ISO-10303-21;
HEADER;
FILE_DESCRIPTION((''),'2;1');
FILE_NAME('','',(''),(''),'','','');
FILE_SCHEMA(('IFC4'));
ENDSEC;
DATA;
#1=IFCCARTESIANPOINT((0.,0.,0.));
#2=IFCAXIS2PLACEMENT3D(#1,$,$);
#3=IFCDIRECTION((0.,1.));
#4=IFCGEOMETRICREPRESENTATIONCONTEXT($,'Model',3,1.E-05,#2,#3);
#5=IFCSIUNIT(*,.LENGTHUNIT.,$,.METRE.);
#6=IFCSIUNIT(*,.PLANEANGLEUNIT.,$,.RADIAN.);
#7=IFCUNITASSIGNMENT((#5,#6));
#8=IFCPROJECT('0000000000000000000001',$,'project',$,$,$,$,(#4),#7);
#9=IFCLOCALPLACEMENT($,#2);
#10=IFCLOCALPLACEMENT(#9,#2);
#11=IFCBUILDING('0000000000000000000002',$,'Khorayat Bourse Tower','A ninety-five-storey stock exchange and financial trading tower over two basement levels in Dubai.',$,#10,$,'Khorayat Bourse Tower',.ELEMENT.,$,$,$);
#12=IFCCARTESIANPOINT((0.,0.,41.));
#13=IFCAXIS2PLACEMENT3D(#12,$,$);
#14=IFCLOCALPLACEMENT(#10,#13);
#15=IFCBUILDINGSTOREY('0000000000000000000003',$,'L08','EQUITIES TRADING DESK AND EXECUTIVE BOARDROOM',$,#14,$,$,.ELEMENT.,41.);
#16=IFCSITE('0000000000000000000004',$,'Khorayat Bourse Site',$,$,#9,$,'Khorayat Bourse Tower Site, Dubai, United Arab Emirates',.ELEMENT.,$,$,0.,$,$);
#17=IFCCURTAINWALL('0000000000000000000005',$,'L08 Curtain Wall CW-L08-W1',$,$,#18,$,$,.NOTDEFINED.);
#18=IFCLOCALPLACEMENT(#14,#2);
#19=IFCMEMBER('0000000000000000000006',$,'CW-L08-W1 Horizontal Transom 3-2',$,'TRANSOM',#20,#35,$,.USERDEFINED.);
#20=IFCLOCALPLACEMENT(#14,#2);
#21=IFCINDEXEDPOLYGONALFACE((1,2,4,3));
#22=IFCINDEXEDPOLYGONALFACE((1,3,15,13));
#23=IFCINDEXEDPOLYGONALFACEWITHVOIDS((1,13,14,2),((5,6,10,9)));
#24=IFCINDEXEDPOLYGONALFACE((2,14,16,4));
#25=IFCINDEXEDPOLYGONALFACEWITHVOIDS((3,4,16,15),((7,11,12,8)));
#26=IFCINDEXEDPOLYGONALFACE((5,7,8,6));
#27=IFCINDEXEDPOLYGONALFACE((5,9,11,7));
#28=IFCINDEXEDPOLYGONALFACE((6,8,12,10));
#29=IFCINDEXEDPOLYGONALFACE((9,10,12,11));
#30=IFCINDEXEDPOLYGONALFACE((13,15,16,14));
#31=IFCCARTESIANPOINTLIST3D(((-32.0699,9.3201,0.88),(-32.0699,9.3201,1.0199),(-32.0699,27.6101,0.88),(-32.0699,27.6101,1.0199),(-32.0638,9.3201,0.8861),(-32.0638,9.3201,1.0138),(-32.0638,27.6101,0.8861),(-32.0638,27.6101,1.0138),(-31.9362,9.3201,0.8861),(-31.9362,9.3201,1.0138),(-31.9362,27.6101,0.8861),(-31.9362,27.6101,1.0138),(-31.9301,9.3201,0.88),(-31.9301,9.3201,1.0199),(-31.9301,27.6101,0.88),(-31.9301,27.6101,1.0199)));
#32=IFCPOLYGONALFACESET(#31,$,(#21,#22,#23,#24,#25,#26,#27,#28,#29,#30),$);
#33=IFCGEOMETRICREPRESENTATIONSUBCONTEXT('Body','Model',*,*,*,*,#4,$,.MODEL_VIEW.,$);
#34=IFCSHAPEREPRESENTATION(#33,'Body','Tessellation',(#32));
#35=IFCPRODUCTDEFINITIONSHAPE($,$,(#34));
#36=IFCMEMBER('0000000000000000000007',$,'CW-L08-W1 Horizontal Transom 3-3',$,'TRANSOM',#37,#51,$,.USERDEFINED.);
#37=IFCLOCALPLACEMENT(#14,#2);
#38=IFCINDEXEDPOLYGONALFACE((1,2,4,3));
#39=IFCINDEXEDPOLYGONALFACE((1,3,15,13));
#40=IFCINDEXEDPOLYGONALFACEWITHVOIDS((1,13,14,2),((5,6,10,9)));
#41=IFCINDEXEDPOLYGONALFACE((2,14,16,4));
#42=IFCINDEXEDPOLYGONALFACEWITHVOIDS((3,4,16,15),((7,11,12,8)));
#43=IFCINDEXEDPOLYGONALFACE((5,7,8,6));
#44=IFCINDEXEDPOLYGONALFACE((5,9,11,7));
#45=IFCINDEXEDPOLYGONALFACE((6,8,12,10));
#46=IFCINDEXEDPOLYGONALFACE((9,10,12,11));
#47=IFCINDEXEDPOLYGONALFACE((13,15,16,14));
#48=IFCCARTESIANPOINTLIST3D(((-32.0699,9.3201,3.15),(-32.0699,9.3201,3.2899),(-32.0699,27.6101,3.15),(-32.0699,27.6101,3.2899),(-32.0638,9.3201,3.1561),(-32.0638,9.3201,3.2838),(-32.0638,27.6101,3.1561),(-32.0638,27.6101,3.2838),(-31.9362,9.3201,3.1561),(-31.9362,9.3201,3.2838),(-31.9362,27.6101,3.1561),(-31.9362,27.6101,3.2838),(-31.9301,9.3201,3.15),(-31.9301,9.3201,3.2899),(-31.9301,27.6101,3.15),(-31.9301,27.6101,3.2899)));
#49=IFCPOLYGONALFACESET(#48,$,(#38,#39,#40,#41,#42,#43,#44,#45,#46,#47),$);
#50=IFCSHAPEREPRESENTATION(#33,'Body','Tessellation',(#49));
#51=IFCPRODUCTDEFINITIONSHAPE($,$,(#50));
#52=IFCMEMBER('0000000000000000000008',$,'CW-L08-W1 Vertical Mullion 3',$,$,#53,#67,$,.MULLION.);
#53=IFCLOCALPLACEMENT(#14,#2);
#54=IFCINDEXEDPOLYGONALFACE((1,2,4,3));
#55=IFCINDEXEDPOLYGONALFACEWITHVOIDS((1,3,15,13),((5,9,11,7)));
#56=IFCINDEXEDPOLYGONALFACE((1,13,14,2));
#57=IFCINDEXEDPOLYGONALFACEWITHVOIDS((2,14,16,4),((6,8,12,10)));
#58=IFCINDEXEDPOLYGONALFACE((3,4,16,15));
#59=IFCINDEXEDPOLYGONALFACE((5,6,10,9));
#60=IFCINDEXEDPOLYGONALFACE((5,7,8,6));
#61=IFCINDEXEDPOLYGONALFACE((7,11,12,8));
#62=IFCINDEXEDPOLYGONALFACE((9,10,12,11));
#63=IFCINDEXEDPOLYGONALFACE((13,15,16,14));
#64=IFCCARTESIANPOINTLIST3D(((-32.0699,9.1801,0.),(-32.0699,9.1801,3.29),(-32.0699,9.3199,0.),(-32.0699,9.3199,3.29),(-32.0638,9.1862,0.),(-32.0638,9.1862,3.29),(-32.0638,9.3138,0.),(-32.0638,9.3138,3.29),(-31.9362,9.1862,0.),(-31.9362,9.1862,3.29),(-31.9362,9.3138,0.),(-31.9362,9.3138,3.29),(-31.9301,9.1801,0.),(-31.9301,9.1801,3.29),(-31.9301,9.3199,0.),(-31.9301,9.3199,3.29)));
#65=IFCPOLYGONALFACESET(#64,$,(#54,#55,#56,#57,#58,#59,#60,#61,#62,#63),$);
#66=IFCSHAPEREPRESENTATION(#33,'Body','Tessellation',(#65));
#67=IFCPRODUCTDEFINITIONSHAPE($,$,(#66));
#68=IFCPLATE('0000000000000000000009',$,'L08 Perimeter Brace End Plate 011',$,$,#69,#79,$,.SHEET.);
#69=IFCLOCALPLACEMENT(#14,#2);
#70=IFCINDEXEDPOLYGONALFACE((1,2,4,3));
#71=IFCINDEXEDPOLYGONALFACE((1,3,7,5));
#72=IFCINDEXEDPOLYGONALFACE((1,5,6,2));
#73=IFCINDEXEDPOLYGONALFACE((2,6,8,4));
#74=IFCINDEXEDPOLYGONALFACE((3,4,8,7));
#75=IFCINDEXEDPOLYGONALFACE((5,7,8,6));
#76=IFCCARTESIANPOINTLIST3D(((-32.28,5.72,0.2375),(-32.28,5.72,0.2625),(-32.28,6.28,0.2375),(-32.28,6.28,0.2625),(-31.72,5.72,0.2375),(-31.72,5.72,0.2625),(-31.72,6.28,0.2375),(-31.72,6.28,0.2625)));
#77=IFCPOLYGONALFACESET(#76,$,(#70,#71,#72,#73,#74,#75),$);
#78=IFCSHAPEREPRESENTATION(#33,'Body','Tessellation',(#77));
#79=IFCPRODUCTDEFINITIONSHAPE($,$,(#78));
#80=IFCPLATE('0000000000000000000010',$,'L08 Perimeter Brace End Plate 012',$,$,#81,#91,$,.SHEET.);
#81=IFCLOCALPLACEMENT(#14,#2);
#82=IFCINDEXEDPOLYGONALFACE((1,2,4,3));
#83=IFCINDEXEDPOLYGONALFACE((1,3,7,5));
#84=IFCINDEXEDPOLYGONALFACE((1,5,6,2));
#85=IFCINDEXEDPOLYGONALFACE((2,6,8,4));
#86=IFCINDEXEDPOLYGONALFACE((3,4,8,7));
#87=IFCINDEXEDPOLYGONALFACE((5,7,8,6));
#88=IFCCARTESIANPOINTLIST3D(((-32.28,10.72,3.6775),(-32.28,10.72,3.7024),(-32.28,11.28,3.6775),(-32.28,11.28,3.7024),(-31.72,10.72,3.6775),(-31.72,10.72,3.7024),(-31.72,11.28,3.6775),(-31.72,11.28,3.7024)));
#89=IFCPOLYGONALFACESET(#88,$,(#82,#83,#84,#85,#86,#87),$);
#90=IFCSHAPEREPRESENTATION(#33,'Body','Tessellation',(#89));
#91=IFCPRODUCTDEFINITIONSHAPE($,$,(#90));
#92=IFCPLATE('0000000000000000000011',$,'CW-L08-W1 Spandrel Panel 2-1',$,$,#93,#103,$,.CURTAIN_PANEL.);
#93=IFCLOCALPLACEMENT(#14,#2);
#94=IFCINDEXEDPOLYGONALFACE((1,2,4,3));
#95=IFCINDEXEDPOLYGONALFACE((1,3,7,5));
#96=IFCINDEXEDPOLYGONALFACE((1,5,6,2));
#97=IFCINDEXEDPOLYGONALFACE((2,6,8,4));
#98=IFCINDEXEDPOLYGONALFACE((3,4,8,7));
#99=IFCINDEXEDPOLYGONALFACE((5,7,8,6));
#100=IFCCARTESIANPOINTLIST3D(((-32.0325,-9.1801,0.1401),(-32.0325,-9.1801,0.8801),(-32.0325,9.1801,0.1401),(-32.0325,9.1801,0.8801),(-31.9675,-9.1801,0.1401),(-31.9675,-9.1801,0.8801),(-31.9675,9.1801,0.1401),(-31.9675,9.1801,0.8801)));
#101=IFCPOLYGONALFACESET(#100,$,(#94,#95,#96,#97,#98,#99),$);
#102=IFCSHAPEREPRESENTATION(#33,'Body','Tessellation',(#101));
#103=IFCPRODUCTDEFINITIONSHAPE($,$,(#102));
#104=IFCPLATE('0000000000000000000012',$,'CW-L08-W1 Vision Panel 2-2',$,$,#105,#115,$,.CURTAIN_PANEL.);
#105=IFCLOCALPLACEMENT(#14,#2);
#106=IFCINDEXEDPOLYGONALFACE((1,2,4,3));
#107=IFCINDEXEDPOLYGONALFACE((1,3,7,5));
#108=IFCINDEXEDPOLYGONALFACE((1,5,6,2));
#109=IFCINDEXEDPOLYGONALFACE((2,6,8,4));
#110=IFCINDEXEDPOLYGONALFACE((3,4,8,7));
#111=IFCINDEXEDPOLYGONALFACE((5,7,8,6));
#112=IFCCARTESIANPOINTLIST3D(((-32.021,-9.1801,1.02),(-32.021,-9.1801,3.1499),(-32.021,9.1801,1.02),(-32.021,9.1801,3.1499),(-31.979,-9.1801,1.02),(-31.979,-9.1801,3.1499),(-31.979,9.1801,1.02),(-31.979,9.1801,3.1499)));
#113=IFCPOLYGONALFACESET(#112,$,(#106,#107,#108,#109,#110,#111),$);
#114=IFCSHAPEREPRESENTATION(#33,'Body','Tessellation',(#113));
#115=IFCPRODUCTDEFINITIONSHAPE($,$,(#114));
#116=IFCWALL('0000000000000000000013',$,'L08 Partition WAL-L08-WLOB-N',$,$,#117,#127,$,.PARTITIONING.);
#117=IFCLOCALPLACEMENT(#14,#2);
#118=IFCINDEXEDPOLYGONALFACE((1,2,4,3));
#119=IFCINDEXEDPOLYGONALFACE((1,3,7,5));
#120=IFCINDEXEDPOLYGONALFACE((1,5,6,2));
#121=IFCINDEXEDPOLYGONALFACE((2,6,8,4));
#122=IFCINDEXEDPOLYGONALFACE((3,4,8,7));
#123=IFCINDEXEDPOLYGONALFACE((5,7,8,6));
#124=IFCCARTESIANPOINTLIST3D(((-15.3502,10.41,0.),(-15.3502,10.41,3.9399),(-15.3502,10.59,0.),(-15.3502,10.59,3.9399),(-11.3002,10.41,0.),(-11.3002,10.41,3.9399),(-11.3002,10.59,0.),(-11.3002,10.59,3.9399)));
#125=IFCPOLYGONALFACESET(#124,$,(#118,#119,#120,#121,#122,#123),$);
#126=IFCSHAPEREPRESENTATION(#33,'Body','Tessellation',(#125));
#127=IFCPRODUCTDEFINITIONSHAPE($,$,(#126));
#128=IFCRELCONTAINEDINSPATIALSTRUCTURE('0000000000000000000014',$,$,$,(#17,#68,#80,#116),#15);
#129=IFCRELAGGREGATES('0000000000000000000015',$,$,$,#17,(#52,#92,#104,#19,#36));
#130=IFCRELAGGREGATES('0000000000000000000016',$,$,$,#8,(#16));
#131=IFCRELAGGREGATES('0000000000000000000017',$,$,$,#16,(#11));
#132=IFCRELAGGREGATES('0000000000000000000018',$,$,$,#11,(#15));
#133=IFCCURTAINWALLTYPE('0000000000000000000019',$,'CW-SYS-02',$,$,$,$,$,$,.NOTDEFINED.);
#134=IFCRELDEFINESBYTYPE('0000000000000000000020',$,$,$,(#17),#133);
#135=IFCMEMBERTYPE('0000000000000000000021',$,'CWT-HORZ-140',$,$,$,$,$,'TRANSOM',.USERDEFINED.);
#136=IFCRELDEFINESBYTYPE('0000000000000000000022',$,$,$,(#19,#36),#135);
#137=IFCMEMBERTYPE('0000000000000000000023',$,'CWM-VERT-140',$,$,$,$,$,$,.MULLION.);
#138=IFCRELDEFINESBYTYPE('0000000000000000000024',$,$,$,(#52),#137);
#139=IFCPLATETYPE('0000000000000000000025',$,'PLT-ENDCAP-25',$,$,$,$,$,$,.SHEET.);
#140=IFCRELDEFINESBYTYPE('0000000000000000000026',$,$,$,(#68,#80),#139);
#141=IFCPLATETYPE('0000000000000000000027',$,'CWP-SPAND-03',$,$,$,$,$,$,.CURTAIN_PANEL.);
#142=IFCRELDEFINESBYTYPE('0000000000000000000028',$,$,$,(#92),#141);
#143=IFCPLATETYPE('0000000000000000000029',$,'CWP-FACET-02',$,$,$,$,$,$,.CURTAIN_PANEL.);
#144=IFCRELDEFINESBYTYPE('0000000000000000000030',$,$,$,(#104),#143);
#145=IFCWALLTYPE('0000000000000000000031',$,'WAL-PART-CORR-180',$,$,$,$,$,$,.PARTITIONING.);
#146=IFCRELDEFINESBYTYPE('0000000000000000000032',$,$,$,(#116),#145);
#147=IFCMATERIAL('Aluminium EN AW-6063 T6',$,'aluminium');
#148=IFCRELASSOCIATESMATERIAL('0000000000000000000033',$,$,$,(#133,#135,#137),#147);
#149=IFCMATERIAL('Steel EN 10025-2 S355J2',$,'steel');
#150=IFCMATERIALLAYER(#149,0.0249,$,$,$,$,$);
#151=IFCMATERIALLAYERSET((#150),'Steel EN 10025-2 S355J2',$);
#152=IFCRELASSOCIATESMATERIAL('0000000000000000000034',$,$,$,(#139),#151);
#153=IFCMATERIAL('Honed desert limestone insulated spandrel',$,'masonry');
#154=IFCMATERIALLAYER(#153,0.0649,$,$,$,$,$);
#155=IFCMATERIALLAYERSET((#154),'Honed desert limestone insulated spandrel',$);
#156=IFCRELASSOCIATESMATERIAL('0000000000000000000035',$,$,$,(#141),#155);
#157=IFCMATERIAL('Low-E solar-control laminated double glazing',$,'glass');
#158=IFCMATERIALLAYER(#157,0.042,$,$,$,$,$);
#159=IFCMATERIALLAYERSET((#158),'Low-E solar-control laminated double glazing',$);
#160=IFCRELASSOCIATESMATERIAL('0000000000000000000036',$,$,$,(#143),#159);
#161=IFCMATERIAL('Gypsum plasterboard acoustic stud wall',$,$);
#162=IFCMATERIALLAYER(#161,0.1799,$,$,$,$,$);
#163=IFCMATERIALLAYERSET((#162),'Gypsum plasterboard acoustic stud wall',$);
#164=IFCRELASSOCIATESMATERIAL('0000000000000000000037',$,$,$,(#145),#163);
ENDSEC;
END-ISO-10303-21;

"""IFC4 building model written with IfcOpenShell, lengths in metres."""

from ifc_helpers import new_model, si_unit, direction, frame, frame_2d, origin, origin_2d, place, context, subcontext, project, spatial, rectangle, hollow_rectangle, extrude, source, transform, mapped, material, layer, layer_set, material_profile, profile_set, type_object, element, aggregate, save


model = new_model("IFC4")

# Units and contexts
model_context = context("Model", 3, precision=1e-05, world=origin(), true_north=direction((0.0, 1.0)))
body_context = subcontext(model_context, "Body", "Model", "MODEL_VIEW")
ifc_project = project(units=[si_unit("LENGTHUNIT", "METRE"), si_unit("PLANEANGLEUNIT", "RADIAN")], contexts=[model_context])

# Site, building, storey
site_placement = place(None, origin())
site = spatial("IfcSite", under=ifc_project, at=site_placement, Name="Khorayat Bourse Site", LongName="Khorayat Bourse Tower Site, Dubai, United Arab Emirates", CompositionType="ELEMENT", RefElevation=0.0)
building_placement = place(site_placement, origin())
building = spatial("IfcBuilding", under=site, at=building_placement, Name="Khorayat Bourse Tower", Description="A ninety-five-storey stock exchange and financial trading tower over two basement levels in Dubai.", LongName="Khorayat Bourse Tower", CompositionType="ELEMENT")
storey_placement = place(building_placement, frame((0.0, 0.0, 41.0)))
storey = spatial("IfcBuildingStorey", under=building, at=storey_placement, Name="L08", Description="EQUITIES TRADING DESK AND EXECUTIVE BOARDROOM", CompositionType="ELEMENT", Elevation=41.0)

# Curtain wall, members
ifc_material_1 = material(Name="Aluminium EN AW-6063 T6", Category="aluminium")
curtain_wall_type = type_object("IfcCurtainWallType", Name="CW-SYS-02", PredefinedType="NOTDEFINED", material=ifc_material_1)
curtain_wall_placement = place(storey_placement, origin())
curtain_wall = element("IfcCurtainWall", 1, at=curtain_wall_placement, inside=storey, type_object=curtain_wall_type, Name="L08 Curtain Wall CW-L08-W1", PredefinedType="NOTDEFINED")
ifc_material_profile_1 = material_profile(ifc_material_1, hollow_rectangle(XDim=0.1399, YDim=0.1399, WallThickness=0.0061, at=origin_2d()), Name="ALU 140x140x6")
ifc_profile_set_1 = profile_set([ifc_material_profile_1], Name="Aluminium EN AW-6063 T6")
member_type_1 = type_object("IfcMemberType", Name="CWT-HORZ-140", ElementType="TRANSOM", PredefinedType="USERDEFINED", material=ifc_profile_set_1)
shared_shape_1 = source(origin(), body_context, "Body", "SweptSolid", [
    extrude(hollow_rectangle(XDim=0.1399, YDim=0.1399, WallThickness=0.0061, at=origin_2d()), origin(), (0.0, 0.0, 1.0), 18.29),
])
member_1_placement = place(storey_placement, frame((-32.0, 9.3201, 0.95), z_axis=(0.0, 1.0, 0.0), x_axis=(-1.0, 0.0, 0.0)))
member_1 = element("IfcMember", 2, at=member_1_placement, type_object=member_type_1, Name="CW-L08-W1 Horizontal Transom 3-2", ObjectType="TRANSOM", PredefinedType="USERDEFINED", context=body_context, shape_type="MappedRepresentation", body=[
    mapped(shared_shape_1, transform((0.0, 0.0, 0.0), scale=1.0)),
])
member_2_placement = place(storey_placement, frame((-32.0, 9.3201, 3.22), z_axis=(0.0, 1.0, 0.0), x_axis=(-1.0, 0.0, 0.0)))
member_2 = element("IfcMember", 3, at=member_2_placement, type_object=member_type_1, Name="CW-L08-W1 Horizontal Transom 3-3", ObjectType="TRANSOM", PredefinedType="USERDEFINED", context=body_context, shape_type="MappedRepresentation", body=[
    mapped(shared_shape_1, transform((0.0, 0.0, 0.0), scale=1.0)),
])
ifc_material_profile_2 = material_profile(ifc_material_1, hollow_rectangle(XDim=0.1399, YDim=0.1399, WallThickness=0.0061, at=origin_2d()), Name="ALU 140x140x6")
ifc_profile_set_2 = profile_set([ifc_material_profile_2], Name="Aluminium EN AW-6063 T6")
member_type_2 = type_object("IfcMemberType", Name="CWM-VERT-140", PredefinedType="MULLION", material=ifc_profile_set_2)
shared_shape_2 = source(origin(), body_context, "Body", "SweptSolid", [
    extrude(hollow_rectangle(XDim=0.1399, YDim=0.1399, WallThickness=0.0061, at=origin_2d()), origin(), (0.0, 0.0, 1.0), 3.29),
])
member_3_placement = place(storey_placement, frame((-32.0, 9.25, 0.0), z_axis=(0.0, 0.0, 1.0), x_axis=(-1.0, 0.0, 0.0)))
member_3 = element("IfcMember", 4, at=member_3_placement, type_object=member_type_2, Name="CW-L08-W1 Vertical Mullion 3", PredefinedType="MULLION", context=body_context, shape_type="MappedRepresentation", body=[
    mapped(shared_shape_2, transform((0.0, 0.0, 0.0), scale=1.0)),
])

# Plates
ifc_material_2 = material(Name="Steel EN 10025-2 S355J2", Category="steel")
ifc_layer_1 = layer(ifc_material_2, 0.0249)
ifc_layer_set_1 = layer_set([ifc_layer_1], Name="Steel EN 10025-2 S355J2")
plate_type_1 = type_object("IfcPlateType", Name="PLT-ENDCAP-25", PredefinedType="SHEET", material=ifc_layer_set_1)
shared_shape_3 = source(origin(), body_context, "Body", "SweptSolid", [
    extrude(rectangle(XDim=0.5601, YDim=0.5601, at=origin_2d()), origin(), (0.0, 0.0, 1.0), 0.0249),
])
for number, where, z_axis, x_axis, name in (
    (5, (-32.0, 6.0, 0.2375), (0.0, 0.0, 1.0), (1.0, 0.0, 0.0), "L08 Perimeter Brace End Plate 011"),
    (6, (-32.0, 11.0, 3.6775), (0.0, 0.0, 1.0), (1.0, 0.0, 0.0), "L08 Perimeter Brace End Plate 012"),
):
    element("IfcPlate", number, at=place(storey_placement, frame(where, z_axis=z_axis, x_axis=x_axis)), inside=storey, type_object=plate_type_1, Name=name, PredefinedType="SHEET", context=body_context, shape_type="MappedRepresentation", body=[
        mapped(shared_shape_3, transform((0.0, 0.0, 0.0), scale=1.0)),
    ])

# Plates
ifc_material_3 = material(Name="Honed desert limestone insulated spandrel", Category="masonry")
ifc_layer_2 = layer(ifc_material_3, 0.0649)
ifc_layer_set_2 = layer_set([ifc_layer_2], Name="Honed desert limestone insulated spandrel")
plate_type_2 = type_object("IfcPlateType", Name="CWP-SPAND-03", PredefinedType="CURTAIN_PANEL", material=ifc_layer_set_2)
shared_shape_4 = source(origin(), body_context, "Body", "SweptSolid", [
    extrude(rectangle(XDim=18.3601, YDim=0.0649, at=origin_2d()), origin(), (0.0, 0.0, 1.0), 0.74),
])
plate_1_placement = place(storey_placement, frame((-32.0, 0.0, 0.1401), z_axis=(0.0, 0.0, 1.0), x_axis=(0.0, 1.0, 0.0)))
plate_1 = element("IfcPlate", 7, at=plate_1_placement, type_object=plate_type_2, Name="CW-L08-W1 Spandrel Panel 2-1", PredefinedType="CURTAIN_PANEL", context=body_context, shape_type="MappedRepresentation", body=[
    mapped(shared_shape_4, transform((0.0, 0.0, 0.0), scale=1.0)),
])
ifc_material_4 = material(Name="Low-E solar-control laminated double glazing", Category="glass")
ifc_layer_3 = layer(ifc_material_4, 0.042)
ifc_layer_set_3 = layer_set([ifc_layer_3], Name="Low-E solar-control laminated double glazing")
plate_type_3 = type_object("IfcPlateType", Name="CWP-FACET-02", PredefinedType="CURTAIN_PANEL", material=ifc_layer_set_3)
shared_shape_5 = source(origin(), body_context, "Body", "SweptSolid", [
    extrude(rectangle(XDim=18.3601, YDim=0.042, at=origin_2d()), origin(), (0.0, 0.0, 1.0), 2.1299),
])
plate_2_placement = place(storey_placement, frame((-32.0, 0.0, 1.02), z_axis=(0.0, 0.0, 1.0), x_axis=(0.0, 1.0, 0.0)))
plate_2 = element("IfcPlate", 8, at=plate_2_placement, type_object=plate_type_3, Name="CW-L08-W1 Vision Panel 2-2", PredefinedType="CURTAIN_PANEL", context=body_context, shape_type="MappedRepresentation", body=[
    mapped(shared_shape_5, transform((0.0, 0.0, 0.0), scale=1.0)),
])
aggregate(curtain_wall, [member_3, plate_1, plate_2, member_1, member_2])

# Wall
ifc_material_5 = material(Name="Gypsum plasterboard acoustic stud wall")
ifc_layer_4 = layer(ifc_material_5, 0.1799)
ifc_layer_set_4 = layer_set([ifc_layer_4], Name="Gypsum plasterboard acoustic stud wall")
wall_type = type_object("IfcWallType", Name="WAL-PART-CORR-180", PredefinedType="PARTITIONING", material=ifc_layer_set_4)
shared_shape_6 = source(origin(), body_context, "Body", "SweptSolid", [
    extrude(rectangle(XDim=4.05, YDim=0.1799, at=frame_2d((2.0249, 0.0))), origin(), (0.0, 0.0, 1.0), 3.9399),
])
wall_placement = place(storey_placement, frame((-15.3501, 10.5, 0.0), z_axis=(0.0, 0.0, 1.0), x_axis=(1.0, 0.0, 0.0)))
element("IfcWall", 9, at=wall_placement, inside=storey, type_object=wall_type, Name="L08 Partition WAL-L08-WLOB-N", PredefinedType="PARTITIONING", context=body_context, shape_type="MappedRepresentation", body=[
    mapped(shared_shape_6, transform((0.0, 0.0, 0.0), scale=1.0)),
])

save(model, "model.ifc")
